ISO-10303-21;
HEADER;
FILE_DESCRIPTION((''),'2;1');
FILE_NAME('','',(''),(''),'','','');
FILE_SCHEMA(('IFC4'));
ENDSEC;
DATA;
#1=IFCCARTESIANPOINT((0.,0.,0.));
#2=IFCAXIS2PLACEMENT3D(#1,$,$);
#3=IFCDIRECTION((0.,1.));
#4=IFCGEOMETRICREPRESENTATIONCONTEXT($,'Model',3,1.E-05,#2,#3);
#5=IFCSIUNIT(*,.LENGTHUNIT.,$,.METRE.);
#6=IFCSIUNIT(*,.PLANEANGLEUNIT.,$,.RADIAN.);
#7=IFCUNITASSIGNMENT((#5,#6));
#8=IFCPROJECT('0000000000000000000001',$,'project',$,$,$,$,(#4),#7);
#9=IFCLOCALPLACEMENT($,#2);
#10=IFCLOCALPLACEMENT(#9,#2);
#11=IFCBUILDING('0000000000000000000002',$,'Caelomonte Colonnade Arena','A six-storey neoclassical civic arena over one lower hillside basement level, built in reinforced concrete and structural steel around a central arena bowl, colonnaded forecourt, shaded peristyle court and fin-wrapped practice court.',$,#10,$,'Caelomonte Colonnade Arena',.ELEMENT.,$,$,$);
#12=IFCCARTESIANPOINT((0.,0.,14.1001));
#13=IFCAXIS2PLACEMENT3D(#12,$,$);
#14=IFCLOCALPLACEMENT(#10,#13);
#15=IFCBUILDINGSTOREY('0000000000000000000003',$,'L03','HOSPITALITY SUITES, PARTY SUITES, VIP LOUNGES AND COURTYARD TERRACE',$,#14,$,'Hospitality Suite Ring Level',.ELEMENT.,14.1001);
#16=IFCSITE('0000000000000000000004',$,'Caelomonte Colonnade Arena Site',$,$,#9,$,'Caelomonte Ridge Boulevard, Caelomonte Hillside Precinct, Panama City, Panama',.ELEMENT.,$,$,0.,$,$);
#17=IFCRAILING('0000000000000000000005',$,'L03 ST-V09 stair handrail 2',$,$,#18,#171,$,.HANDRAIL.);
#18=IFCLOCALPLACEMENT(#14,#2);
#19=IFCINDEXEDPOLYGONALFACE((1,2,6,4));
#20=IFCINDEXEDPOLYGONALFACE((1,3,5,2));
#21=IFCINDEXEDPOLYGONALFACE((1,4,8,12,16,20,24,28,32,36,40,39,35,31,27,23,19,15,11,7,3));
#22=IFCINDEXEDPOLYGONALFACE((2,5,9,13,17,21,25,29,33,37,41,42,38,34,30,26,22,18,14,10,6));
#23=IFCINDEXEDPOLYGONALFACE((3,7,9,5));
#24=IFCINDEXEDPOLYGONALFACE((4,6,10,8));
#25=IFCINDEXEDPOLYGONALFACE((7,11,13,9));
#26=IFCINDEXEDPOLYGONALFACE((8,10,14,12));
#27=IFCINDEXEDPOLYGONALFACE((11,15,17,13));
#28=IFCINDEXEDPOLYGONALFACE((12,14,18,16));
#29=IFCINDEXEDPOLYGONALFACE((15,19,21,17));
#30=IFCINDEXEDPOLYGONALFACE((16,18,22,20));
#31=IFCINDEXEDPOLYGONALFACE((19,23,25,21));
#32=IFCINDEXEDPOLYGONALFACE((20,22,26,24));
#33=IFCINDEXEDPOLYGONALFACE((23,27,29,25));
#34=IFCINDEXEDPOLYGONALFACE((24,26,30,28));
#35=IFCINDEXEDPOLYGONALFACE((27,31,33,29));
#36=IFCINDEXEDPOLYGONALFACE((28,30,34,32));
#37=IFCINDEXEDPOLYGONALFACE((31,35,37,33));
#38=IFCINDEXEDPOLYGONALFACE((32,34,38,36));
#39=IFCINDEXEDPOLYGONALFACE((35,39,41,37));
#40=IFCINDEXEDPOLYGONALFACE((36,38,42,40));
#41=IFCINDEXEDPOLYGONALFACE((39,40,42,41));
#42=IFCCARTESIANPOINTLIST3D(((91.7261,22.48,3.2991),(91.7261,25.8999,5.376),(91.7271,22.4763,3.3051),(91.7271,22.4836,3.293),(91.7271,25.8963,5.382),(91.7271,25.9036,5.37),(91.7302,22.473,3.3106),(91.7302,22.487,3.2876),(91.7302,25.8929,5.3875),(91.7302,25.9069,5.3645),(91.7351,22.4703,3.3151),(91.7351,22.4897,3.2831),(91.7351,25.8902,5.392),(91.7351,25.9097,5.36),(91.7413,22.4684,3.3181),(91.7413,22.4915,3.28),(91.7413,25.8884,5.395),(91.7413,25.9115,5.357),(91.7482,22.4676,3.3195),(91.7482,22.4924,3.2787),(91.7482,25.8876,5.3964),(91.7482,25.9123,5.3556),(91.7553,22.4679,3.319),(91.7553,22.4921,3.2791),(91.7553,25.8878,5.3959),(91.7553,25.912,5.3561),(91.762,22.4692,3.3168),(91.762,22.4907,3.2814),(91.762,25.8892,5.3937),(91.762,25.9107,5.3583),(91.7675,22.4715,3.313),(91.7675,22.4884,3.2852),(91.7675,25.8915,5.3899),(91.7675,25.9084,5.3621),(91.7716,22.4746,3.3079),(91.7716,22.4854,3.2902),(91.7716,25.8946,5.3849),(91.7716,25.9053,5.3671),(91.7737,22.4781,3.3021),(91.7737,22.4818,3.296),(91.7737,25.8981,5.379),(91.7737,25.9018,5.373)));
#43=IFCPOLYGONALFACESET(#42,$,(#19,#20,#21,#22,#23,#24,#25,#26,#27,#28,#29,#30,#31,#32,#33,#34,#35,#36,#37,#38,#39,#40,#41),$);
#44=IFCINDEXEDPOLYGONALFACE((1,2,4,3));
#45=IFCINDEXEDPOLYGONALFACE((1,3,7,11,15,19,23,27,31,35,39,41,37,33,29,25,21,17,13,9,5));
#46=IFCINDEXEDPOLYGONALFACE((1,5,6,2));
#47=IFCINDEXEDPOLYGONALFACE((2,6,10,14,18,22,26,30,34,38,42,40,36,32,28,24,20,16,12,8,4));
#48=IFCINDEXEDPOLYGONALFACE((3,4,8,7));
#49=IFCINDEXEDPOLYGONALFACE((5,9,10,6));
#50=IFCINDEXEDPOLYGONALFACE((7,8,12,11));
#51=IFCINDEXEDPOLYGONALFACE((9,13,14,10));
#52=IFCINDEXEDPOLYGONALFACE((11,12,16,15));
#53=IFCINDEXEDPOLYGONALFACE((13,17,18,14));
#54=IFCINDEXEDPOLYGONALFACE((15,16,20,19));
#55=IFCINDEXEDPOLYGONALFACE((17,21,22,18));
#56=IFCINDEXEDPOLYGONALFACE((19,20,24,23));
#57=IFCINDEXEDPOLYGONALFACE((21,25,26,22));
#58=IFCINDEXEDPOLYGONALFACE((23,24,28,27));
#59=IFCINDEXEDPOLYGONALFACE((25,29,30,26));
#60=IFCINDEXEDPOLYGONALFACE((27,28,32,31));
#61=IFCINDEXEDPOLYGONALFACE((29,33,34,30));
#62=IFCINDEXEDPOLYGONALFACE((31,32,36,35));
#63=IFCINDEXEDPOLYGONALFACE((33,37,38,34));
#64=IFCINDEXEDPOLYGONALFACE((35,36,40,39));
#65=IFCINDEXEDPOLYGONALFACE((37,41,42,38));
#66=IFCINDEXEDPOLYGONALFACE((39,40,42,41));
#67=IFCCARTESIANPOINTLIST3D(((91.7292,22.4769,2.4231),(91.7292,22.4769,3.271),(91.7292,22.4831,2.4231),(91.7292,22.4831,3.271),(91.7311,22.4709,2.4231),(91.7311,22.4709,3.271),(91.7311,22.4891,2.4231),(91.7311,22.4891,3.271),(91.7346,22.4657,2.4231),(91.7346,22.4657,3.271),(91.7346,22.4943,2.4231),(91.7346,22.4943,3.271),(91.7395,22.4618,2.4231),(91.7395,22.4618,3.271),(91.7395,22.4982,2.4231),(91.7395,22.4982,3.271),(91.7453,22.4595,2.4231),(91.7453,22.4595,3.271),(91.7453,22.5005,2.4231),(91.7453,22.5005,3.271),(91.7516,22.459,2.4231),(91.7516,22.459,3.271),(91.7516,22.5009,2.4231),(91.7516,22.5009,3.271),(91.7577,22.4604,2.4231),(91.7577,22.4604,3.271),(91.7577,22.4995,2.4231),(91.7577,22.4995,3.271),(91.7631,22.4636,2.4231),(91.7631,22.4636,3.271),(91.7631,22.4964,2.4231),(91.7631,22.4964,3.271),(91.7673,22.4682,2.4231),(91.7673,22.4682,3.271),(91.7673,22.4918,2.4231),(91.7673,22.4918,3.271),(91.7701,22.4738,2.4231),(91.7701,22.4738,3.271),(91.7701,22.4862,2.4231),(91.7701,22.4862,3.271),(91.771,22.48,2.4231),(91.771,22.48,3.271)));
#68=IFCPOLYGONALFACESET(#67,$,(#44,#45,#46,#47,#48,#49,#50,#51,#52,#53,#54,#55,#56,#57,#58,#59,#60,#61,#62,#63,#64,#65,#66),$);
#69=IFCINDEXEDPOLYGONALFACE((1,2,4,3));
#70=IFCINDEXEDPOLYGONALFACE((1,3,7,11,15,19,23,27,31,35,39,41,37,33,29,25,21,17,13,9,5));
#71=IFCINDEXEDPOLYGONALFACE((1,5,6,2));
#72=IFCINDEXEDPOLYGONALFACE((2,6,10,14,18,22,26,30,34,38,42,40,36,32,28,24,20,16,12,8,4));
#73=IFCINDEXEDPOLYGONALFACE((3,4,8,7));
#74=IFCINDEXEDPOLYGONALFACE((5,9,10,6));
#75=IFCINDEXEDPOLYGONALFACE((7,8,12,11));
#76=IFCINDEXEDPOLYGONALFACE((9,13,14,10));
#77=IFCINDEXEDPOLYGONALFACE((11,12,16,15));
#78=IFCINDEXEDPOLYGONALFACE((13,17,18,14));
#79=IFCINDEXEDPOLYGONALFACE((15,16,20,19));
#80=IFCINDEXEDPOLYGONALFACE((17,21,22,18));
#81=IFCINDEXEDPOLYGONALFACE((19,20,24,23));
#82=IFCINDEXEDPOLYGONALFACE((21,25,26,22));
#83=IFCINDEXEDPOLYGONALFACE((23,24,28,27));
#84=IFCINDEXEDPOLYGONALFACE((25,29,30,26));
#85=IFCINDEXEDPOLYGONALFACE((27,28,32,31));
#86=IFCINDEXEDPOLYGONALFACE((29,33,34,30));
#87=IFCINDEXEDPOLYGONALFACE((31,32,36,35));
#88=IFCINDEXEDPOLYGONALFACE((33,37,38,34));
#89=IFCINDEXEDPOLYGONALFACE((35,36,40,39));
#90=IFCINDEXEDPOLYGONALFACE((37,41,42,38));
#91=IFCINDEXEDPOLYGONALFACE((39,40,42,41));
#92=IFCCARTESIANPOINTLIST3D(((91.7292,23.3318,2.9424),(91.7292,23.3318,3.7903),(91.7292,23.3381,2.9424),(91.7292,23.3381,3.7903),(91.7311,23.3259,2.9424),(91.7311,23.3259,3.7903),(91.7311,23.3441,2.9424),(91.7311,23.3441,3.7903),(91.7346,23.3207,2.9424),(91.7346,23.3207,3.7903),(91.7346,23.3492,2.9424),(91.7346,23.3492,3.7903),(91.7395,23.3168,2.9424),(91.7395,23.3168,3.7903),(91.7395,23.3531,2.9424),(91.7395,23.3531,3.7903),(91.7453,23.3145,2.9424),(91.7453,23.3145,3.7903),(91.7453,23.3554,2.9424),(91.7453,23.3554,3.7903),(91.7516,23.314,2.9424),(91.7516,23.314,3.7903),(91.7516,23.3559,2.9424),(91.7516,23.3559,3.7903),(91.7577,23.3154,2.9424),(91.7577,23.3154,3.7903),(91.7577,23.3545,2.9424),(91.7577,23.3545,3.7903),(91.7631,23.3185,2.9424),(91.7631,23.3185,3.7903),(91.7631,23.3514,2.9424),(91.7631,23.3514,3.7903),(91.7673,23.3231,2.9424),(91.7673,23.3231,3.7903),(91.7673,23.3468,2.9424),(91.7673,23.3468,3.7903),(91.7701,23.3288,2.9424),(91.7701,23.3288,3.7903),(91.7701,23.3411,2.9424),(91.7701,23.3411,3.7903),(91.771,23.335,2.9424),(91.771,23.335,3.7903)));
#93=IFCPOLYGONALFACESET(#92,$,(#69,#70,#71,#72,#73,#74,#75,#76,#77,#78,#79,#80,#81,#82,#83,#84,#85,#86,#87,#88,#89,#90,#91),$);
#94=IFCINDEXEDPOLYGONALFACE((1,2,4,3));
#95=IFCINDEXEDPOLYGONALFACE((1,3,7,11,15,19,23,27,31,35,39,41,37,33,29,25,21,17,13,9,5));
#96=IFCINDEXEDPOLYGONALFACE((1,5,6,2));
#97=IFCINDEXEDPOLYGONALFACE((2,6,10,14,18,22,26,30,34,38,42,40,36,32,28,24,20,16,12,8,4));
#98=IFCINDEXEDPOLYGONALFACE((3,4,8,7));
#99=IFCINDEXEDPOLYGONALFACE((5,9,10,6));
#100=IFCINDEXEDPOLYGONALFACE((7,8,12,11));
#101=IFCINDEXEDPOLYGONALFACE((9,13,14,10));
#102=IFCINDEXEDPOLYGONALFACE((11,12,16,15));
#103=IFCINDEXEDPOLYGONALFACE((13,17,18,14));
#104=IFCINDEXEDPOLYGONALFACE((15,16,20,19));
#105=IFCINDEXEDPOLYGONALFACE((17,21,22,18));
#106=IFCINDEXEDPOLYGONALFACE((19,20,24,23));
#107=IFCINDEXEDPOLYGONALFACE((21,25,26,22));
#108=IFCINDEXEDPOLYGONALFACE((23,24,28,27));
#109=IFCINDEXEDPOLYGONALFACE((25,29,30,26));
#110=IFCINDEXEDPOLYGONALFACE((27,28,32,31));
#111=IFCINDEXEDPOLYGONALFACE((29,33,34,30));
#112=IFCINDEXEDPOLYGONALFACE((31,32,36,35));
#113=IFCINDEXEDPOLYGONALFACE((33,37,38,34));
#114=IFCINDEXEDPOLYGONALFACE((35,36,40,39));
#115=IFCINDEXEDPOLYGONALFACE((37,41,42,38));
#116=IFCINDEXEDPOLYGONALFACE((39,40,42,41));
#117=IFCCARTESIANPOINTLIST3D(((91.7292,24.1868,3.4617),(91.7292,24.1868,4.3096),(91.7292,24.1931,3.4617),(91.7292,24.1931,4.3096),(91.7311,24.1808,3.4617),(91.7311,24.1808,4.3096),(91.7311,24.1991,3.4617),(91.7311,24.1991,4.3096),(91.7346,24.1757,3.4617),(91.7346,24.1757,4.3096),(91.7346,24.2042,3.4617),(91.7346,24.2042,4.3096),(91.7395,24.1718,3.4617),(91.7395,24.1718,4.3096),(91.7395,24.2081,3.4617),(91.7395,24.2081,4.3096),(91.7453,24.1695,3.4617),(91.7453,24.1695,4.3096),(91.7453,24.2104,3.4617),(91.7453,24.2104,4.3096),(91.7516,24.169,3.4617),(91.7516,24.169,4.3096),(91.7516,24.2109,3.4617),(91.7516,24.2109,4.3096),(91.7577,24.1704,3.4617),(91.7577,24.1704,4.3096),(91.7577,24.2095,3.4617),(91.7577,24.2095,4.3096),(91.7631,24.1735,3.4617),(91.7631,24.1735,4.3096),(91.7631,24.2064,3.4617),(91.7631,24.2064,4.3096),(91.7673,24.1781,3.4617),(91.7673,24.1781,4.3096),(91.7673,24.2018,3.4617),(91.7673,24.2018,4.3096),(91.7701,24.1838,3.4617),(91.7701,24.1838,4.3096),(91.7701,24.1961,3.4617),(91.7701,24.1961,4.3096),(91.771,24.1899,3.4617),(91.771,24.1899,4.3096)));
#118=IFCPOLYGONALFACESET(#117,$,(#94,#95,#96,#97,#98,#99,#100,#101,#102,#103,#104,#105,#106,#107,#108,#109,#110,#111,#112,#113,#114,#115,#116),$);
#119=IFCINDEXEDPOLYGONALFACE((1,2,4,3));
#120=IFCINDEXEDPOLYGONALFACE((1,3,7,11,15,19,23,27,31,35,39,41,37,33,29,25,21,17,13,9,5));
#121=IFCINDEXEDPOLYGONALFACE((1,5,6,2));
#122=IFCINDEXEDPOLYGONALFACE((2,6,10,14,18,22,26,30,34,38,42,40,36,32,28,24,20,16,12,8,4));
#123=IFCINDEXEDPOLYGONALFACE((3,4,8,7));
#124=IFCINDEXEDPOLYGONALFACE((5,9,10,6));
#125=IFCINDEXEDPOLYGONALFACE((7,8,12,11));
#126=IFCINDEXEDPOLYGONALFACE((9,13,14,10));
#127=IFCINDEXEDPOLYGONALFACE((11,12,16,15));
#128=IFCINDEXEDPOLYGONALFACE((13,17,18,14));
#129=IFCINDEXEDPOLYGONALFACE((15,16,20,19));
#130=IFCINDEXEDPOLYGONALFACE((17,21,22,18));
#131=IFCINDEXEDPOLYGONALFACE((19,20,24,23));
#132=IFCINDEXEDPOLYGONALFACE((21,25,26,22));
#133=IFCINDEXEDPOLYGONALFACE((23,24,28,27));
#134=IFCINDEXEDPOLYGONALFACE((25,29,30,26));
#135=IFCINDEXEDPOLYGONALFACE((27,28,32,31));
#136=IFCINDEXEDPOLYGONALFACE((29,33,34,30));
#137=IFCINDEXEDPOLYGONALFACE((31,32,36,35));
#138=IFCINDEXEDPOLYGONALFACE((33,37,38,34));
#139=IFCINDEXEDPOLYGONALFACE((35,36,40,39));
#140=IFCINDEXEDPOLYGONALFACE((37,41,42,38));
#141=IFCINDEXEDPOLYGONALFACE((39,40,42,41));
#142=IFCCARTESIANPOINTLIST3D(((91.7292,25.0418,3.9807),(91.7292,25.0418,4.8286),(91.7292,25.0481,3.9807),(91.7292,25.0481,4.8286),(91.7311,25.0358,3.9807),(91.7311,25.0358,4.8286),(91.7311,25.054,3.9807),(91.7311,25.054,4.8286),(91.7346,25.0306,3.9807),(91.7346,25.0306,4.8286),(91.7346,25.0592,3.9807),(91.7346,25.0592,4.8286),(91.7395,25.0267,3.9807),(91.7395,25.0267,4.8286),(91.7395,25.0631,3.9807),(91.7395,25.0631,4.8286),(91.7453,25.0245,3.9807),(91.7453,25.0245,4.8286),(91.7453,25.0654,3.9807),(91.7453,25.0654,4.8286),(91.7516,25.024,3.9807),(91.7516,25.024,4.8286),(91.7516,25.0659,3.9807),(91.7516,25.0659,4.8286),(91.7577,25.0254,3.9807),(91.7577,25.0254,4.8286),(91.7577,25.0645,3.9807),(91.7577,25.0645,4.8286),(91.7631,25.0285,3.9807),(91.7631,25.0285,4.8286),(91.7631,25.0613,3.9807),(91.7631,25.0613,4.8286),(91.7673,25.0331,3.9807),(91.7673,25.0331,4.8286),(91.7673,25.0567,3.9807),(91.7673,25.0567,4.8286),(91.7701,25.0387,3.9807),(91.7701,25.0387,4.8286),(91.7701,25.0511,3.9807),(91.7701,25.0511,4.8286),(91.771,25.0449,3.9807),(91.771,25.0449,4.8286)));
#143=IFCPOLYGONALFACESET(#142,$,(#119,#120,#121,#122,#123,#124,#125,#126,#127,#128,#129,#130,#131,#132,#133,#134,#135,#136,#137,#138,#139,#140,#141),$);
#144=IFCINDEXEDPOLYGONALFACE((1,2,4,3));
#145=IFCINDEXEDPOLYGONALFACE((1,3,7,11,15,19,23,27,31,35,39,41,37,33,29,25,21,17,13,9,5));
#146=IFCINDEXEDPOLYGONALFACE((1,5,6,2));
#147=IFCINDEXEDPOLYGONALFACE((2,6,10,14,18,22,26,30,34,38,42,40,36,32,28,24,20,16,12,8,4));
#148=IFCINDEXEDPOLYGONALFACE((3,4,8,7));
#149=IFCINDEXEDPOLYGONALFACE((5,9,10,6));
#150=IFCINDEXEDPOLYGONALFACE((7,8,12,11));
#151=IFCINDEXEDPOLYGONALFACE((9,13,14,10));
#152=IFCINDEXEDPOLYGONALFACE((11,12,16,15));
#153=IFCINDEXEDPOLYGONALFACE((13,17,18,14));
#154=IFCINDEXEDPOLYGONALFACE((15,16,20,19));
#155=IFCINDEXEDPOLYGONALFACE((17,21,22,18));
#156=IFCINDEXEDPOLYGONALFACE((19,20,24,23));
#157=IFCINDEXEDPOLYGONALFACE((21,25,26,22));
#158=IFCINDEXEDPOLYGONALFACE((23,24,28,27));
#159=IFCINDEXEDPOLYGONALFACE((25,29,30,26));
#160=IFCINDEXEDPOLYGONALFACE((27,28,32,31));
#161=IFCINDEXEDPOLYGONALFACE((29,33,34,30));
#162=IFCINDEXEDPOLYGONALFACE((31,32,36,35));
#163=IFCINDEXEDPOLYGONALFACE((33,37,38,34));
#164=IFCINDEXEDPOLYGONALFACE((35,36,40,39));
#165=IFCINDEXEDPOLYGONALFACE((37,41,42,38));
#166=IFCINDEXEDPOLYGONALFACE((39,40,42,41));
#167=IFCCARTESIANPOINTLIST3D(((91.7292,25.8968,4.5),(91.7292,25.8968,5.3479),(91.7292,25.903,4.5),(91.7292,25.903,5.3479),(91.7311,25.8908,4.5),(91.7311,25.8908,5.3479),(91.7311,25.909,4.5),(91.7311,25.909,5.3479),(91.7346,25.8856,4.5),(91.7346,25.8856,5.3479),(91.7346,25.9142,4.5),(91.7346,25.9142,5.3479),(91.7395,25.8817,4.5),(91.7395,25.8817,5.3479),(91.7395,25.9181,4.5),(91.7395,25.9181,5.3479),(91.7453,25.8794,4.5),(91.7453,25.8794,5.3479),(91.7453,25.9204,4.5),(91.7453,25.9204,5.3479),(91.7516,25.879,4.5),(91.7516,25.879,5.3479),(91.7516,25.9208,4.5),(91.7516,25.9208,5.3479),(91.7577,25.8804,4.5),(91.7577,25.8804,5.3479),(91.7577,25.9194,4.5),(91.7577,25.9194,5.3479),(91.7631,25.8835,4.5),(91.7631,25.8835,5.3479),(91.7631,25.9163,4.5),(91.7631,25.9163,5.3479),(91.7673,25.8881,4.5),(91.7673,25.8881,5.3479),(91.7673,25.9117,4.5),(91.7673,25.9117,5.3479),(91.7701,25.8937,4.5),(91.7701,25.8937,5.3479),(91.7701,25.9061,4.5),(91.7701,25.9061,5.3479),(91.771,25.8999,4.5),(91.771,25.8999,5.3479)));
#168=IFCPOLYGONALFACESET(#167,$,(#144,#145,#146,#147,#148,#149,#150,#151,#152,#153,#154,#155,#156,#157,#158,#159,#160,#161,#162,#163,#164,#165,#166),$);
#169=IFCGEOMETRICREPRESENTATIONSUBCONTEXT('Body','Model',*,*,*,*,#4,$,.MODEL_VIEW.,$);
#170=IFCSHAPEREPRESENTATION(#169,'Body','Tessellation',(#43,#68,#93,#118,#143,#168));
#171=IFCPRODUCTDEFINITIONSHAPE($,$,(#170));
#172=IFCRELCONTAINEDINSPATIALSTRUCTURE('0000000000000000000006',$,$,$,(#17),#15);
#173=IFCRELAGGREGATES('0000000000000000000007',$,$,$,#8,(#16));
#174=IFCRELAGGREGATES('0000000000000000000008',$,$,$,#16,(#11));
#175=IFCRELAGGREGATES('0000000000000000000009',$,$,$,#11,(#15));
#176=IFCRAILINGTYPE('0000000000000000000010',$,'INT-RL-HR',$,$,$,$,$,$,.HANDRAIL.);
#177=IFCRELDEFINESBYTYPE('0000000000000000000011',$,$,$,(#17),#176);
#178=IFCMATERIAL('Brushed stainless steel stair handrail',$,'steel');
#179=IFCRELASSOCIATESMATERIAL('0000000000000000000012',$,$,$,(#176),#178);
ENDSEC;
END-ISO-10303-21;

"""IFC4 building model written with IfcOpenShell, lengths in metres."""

from ifc_helpers import new_model, si_unit, direction, frame, origin, origin_2d, place, context, subcontext, project, spatial, circle, extrude, material, type_object, element, save


model = new_model("IFC4")

# Units and contexts
model_context = context("Model", 3, precision=1e-05, world=origin(), true_north=direction((0.0, 1.0)))
body_context = subcontext(model_context, "Body", "Model", "MODEL_VIEW")
ifc_project = project(units=[si_unit("LENGTHUNIT", "METRE"), si_unit("PLANEANGLEUNIT", "RADIAN")], contexts=[model_context])

# Site, building, storey
site_placement = place(None, origin())
site = spatial("IfcSite", under=ifc_project, at=site_placement, Name="Caelomonte Colonnade Arena Site", LongName="Caelomonte Ridge Boulevard, Caelomonte Hillside Precinct, Panama City, Panama", CompositionType="ELEMENT", RefElevation=0.0)
building_placement = place(site_placement, origin())
building = spatial("IfcBuilding", under=site, at=building_placement, Name="Caelomonte Colonnade Arena", Description="A six-storey neoclassical civic arena over one lower hillside basement level, built in reinforced concrete and structural steel around a central arena bowl, colonnaded forecourt, shaded peristyle court and fin-wrapped practice court.", LongName="Caelomonte Colonnade Arena", CompositionType="ELEMENT")
storey_placement = place(building_placement, frame((0.0, 0.0, 14.1001)))
storey = spatial("IfcBuildingStorey", under=building, at=storey_placement, Name="L03", Description="HOSPITALITY SUITES, PARTY SUITES, VIP LOUNGES AND COURTYARD TERRACE", LongName="Hospitality Suite Ring Level", CompositionType="ELEMENT", Elevation=14.1001)

# Railing
ifc_material_1 = material(Name="Brushed stainless steel stair handrail", Category="steel")
railing_type_1 = type_object("IfcRailingType", Name="INT-RL-HR", PredefinedType="HANDRAIL", material=ifc_material_1)
railing_1_placement = place(storey_placement, frame((91.75, 22.48, 2.4231)))
element("IfcRailing", 1, at=railing_1_placement, inside=storey, type_object=railing_type_1, Name="L03 ST-V09 stair handrail 2", PredefinedType="HANDRAIL", context=body_context, shape_type="SweptSolid", body=[
    extrude(circle(Radius=0.0239, at=origin_2d()), frame((0.0, 0.0, 0.876), z_axis=(0.0, 0.85473, 0.519074), x_axis=(-1.0, 0.0, 0.0)), (0.0, 0.0, 1.0), 4.0012),
    extrude(circle(Radius=0.021, at=origin_2d()), origin(), (0.0, 0.0, 1.0), 0.8479),
    extrude(circle(Radius=0.021, at=origin_2d()), frame((0.0, 0.855, 0.5193)), (0.0, 0.0, 1.0), 0.8479),
    extrude(circle(Radius=0.021, at=origin_2d()), frame((0.0, 1.71, 1.0386)), (0.0, 0.0, 1.0), 0.8479),
    extrude(circle(Radius=0.021, at=origin_2d()), frame((0.0, 2.5649, 1.5576)), (0.0, 0.0, 1.0), 0.8479),
    extrude(circle(Radius=0.021, at=origin_2d()), frame((0.0, 3.4199, 2.0769)), (0.0, 0.0, 1.0), 0.8479),
])

save(model, "model.ifc")
